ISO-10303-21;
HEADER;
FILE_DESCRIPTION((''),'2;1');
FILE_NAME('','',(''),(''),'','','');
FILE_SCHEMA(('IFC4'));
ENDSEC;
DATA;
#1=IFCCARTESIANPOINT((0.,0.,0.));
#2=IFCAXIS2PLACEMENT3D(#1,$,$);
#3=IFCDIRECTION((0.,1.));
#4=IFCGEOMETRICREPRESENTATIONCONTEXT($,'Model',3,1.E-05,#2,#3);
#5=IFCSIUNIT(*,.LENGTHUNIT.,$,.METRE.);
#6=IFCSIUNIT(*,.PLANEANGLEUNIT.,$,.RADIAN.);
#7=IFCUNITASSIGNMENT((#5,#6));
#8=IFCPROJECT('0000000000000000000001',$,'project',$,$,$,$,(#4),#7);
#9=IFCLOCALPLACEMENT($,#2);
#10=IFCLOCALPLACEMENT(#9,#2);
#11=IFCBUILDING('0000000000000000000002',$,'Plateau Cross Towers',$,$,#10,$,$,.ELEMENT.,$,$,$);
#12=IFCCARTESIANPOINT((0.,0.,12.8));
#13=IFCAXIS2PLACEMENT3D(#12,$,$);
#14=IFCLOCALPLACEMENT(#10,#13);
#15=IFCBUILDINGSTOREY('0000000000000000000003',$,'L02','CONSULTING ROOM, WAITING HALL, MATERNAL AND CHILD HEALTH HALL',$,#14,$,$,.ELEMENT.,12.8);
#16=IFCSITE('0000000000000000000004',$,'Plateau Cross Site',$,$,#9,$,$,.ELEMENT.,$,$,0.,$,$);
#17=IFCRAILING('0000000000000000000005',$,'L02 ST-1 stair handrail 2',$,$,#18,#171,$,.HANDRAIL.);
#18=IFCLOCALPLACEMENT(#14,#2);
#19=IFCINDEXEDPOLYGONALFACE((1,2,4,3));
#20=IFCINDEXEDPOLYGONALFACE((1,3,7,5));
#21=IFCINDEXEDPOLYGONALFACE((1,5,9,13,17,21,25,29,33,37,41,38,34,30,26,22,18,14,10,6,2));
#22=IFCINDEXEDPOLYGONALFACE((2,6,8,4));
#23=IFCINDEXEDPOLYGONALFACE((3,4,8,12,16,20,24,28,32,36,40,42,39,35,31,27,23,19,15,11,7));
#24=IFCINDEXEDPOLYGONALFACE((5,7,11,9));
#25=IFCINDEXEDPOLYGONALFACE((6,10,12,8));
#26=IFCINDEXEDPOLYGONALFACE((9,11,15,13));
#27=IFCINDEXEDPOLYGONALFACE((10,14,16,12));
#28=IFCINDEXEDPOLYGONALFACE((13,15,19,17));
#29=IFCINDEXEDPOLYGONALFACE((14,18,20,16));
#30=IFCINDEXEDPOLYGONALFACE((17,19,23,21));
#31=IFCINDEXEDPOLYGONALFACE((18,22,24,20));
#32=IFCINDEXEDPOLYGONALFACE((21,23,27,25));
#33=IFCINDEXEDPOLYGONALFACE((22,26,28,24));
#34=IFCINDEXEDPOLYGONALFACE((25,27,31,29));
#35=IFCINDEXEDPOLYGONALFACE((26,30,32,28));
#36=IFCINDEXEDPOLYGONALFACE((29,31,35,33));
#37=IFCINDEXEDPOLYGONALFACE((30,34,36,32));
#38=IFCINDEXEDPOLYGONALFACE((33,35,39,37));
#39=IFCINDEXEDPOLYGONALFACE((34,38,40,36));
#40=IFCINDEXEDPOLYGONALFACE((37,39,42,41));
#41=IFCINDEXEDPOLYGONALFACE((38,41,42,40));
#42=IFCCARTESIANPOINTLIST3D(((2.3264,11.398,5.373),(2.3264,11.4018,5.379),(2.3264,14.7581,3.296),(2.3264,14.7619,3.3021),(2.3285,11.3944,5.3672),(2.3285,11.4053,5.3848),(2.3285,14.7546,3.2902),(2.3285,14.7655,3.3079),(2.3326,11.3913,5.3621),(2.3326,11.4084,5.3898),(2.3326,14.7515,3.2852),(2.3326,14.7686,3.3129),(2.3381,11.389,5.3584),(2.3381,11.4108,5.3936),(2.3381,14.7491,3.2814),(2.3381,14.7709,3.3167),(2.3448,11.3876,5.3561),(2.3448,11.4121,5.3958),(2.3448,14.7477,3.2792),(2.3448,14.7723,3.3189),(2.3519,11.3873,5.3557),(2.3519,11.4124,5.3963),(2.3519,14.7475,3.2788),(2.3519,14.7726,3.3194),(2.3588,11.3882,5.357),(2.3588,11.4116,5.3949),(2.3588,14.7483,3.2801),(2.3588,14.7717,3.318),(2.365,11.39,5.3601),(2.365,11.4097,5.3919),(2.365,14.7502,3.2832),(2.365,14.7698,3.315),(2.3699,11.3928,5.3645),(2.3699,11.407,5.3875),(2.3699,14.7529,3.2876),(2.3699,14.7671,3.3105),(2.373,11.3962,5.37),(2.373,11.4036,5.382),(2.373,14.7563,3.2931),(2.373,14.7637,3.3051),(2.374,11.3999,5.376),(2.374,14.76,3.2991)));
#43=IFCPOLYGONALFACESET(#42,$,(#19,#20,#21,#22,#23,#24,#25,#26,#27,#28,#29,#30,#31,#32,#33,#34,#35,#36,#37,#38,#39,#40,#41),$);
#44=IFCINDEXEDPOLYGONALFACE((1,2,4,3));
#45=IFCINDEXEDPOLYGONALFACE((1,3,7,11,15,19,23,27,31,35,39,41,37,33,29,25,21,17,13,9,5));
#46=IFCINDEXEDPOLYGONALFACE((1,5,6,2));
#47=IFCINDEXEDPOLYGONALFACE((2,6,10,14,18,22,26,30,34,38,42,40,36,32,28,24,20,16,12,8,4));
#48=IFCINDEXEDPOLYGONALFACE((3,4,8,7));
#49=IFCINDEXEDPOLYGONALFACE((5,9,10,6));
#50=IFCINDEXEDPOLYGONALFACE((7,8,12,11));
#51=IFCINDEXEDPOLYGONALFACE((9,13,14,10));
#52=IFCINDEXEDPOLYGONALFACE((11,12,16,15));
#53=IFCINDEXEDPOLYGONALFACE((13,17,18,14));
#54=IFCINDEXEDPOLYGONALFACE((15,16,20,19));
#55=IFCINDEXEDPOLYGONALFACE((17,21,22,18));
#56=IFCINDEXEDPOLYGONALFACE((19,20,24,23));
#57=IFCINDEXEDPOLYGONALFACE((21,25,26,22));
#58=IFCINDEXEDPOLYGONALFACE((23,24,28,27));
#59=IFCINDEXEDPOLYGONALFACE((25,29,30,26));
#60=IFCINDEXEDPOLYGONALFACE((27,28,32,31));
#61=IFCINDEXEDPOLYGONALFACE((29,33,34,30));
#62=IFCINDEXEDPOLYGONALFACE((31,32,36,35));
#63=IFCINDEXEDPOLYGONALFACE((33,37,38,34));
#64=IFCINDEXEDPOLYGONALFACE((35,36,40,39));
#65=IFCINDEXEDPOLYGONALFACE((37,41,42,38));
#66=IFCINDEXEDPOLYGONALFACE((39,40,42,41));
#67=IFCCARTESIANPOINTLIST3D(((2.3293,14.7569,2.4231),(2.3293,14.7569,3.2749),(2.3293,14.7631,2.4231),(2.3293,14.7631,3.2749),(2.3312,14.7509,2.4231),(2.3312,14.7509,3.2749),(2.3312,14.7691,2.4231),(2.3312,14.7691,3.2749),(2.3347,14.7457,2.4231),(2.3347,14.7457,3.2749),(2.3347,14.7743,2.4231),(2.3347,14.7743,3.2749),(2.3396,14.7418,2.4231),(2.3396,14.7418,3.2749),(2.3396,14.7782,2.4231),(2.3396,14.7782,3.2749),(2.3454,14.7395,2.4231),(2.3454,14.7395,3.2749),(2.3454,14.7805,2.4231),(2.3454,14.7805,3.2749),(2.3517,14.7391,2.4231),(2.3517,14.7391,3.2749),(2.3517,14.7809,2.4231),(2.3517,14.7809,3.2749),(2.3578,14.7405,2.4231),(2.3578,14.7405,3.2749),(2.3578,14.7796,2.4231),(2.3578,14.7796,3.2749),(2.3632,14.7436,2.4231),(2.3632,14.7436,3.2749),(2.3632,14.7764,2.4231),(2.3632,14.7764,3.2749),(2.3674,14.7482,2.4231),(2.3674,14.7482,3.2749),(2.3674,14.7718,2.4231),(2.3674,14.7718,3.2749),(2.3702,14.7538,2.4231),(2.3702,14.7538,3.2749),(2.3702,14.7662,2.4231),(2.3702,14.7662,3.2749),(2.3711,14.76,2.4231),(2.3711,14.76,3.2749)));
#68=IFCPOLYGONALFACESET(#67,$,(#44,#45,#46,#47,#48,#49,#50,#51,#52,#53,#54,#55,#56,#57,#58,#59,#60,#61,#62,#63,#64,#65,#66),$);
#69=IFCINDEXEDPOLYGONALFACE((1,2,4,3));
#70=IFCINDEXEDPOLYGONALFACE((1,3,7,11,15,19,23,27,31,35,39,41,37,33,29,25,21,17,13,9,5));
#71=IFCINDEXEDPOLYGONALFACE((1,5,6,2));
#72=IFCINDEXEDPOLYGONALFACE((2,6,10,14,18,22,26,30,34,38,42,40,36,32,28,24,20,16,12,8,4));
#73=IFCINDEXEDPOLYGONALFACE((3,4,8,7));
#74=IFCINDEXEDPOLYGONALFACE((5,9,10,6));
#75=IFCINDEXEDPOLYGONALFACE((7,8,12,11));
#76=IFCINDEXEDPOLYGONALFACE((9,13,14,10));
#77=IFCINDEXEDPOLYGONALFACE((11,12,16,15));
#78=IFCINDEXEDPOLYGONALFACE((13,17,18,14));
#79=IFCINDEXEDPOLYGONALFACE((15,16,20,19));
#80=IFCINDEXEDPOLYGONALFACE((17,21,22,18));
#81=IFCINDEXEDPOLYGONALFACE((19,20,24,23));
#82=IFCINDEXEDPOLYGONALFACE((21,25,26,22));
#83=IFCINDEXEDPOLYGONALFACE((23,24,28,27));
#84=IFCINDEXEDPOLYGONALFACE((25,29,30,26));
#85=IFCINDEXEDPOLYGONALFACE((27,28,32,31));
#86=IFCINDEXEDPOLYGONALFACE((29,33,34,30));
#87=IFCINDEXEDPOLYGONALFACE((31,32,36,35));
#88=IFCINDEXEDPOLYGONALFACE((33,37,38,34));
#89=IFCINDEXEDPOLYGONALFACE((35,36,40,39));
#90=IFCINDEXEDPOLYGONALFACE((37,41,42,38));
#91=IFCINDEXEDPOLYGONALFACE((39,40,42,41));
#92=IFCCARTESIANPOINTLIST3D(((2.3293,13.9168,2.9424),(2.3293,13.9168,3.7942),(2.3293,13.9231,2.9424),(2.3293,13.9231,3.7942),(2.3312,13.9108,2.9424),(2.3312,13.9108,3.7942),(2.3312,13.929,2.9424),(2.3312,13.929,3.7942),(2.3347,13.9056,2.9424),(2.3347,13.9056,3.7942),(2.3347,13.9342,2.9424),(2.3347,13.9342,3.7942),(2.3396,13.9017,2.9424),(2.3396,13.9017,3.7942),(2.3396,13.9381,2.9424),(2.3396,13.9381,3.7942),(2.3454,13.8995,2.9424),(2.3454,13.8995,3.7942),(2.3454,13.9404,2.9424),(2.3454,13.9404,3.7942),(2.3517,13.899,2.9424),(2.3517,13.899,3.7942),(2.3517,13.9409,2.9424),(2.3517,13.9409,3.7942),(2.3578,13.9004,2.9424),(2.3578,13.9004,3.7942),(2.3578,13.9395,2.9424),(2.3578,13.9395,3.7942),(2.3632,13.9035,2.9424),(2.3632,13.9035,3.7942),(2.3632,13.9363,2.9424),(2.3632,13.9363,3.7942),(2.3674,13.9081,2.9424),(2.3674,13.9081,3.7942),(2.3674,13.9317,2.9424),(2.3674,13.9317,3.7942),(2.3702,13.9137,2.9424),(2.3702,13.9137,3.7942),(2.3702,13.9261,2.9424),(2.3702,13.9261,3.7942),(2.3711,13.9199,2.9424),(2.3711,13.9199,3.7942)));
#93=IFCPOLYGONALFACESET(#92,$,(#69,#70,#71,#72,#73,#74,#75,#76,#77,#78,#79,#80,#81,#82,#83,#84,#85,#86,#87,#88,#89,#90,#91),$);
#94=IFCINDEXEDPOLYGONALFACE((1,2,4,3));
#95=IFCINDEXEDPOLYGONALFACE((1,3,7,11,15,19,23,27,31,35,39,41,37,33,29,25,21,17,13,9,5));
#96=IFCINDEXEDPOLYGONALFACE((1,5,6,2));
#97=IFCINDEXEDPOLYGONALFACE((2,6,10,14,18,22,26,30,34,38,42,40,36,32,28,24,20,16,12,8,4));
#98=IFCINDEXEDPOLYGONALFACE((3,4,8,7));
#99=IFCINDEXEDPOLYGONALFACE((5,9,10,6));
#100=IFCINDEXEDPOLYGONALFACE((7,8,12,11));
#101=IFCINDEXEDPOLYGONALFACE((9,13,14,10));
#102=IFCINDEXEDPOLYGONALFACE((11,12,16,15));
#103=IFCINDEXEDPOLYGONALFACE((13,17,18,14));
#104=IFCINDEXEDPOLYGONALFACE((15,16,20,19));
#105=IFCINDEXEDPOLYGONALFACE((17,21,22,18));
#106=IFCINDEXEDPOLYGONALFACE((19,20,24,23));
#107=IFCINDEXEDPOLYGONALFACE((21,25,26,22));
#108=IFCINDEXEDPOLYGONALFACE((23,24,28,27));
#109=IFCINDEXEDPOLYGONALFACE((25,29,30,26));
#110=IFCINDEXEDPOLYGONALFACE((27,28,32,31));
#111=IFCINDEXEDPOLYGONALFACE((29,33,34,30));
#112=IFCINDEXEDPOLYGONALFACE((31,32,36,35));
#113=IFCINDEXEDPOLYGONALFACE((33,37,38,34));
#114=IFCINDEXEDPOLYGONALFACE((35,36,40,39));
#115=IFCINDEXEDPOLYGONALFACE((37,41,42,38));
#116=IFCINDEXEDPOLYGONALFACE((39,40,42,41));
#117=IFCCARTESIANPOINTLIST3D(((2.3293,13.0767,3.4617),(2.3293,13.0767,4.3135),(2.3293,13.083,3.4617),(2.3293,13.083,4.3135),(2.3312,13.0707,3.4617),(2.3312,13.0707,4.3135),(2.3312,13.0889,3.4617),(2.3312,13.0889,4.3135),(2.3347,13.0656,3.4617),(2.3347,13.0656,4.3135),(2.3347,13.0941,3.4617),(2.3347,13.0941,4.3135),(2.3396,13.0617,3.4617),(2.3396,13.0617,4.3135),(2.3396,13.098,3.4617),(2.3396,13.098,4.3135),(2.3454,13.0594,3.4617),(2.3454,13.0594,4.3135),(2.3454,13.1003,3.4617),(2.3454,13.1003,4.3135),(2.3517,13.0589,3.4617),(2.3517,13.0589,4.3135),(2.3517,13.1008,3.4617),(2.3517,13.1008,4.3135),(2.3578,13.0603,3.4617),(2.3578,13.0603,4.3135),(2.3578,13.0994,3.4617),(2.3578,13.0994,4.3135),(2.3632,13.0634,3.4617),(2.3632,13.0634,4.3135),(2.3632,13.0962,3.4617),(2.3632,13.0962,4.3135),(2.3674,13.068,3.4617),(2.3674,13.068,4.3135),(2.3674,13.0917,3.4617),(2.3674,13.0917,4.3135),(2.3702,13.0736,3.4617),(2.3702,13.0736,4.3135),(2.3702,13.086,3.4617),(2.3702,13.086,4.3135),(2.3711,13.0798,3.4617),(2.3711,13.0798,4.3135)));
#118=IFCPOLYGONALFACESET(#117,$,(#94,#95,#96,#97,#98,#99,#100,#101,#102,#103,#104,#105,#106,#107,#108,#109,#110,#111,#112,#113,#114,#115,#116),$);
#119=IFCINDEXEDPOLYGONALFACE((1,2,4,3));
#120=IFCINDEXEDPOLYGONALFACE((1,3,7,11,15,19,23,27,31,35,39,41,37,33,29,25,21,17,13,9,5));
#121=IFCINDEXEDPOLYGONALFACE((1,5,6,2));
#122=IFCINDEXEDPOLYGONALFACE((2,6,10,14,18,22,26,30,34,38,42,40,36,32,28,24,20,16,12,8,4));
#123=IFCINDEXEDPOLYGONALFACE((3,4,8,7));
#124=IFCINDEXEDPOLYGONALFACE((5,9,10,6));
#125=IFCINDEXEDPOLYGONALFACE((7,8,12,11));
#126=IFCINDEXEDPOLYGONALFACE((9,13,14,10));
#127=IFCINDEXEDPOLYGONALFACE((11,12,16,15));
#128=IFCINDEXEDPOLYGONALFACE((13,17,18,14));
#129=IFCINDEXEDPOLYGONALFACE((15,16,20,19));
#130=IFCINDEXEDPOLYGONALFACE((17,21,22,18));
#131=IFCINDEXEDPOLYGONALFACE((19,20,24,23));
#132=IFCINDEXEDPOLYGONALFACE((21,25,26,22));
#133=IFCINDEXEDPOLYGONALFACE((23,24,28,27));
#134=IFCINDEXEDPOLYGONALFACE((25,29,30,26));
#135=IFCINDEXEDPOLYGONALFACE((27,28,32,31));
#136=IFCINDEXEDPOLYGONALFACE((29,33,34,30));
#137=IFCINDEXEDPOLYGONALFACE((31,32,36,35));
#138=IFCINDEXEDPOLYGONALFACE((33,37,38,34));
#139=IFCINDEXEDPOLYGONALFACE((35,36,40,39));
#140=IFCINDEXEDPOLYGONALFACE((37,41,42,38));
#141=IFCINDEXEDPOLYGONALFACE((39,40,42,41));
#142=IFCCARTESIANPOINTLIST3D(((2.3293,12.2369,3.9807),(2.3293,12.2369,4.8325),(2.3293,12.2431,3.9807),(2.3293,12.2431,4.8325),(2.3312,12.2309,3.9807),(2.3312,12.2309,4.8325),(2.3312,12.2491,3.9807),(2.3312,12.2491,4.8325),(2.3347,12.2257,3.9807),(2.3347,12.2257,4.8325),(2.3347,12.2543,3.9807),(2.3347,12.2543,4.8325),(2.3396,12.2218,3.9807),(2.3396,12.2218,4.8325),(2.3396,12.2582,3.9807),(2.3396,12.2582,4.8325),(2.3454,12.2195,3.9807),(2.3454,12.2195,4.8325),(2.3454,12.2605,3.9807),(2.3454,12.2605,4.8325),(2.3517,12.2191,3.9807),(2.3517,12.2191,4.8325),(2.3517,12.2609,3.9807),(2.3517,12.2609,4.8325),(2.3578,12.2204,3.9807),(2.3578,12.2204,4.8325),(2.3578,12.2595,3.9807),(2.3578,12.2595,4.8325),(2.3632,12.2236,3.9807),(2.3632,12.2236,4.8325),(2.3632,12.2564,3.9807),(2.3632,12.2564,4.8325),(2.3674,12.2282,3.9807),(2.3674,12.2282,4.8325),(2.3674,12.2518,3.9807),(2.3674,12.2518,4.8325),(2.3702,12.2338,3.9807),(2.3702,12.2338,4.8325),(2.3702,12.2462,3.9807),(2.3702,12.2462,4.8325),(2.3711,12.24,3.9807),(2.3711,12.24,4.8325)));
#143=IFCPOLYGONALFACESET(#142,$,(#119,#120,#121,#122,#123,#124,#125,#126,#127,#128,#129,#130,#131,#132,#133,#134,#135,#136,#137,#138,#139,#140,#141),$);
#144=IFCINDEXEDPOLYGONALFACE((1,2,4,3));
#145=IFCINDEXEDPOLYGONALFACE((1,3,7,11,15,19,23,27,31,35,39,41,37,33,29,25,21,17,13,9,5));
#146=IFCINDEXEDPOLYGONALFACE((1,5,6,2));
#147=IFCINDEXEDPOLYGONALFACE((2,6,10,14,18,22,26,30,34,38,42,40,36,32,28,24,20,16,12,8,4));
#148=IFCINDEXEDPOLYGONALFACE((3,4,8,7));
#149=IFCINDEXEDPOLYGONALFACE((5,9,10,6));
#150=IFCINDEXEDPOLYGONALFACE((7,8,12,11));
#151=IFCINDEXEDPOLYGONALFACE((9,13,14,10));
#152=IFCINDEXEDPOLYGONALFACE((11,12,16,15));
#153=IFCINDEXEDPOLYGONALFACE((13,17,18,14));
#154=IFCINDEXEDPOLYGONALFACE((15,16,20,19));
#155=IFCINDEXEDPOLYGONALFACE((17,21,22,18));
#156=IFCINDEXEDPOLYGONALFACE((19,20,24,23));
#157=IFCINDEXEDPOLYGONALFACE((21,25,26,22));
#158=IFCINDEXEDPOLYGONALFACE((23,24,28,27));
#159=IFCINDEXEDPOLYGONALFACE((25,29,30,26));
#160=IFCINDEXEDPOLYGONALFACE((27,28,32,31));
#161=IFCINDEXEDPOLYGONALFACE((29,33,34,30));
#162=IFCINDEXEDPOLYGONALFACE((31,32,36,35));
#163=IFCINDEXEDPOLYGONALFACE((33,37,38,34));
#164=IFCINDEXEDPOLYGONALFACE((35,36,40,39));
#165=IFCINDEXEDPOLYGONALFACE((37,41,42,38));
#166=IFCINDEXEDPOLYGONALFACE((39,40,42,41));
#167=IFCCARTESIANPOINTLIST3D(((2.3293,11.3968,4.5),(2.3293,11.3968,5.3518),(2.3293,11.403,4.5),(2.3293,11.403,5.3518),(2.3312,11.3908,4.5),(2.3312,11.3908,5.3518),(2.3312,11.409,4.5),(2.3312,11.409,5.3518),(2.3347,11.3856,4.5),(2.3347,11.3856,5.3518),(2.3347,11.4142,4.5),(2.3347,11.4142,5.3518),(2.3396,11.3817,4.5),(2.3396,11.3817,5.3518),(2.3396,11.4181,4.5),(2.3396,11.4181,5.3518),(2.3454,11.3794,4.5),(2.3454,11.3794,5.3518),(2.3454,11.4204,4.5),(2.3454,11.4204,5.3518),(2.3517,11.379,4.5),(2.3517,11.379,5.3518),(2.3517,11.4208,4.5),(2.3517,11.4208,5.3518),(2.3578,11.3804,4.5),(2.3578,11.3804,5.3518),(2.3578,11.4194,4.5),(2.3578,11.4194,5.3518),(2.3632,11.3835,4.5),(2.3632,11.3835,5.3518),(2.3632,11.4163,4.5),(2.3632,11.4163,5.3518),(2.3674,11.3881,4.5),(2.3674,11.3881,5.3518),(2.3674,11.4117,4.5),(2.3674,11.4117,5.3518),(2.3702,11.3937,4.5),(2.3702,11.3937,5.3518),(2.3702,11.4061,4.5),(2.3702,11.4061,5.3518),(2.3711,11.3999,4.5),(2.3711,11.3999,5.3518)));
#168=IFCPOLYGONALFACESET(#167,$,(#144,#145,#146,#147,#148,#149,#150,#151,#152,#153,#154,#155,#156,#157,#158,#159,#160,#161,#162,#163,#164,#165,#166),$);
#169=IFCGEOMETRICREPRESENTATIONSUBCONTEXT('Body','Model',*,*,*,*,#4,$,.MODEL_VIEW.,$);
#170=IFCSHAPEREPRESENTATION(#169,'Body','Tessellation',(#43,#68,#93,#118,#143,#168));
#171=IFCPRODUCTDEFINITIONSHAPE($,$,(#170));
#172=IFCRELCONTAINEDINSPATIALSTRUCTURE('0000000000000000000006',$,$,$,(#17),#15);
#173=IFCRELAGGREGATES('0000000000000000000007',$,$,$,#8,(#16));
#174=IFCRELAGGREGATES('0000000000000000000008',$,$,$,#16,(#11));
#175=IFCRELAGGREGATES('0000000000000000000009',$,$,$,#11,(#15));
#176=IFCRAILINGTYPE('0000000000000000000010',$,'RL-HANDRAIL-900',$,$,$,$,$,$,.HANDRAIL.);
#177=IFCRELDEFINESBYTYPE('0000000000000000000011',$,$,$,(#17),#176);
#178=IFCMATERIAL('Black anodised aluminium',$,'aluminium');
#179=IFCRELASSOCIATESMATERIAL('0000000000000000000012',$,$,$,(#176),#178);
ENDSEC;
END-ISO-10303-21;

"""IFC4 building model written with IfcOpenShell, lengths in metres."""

from ifc_helpers import new_model, si_unit, direction, frame, origin, origin_2d, place, context, subcontext, project, spatial, circle, extrude, material, type_object, element, save


model = new_model("IFC4")

# Units and contexts
model_context = context("Model", 3, precision=1e-05, world=origin(), true_north=direction((0.0, 1.0)))
body_context = subcontext(model_context, "Body", "Model", "MODEL_VIEW")
ifc_project = project(units=[si_unit("LENGTHUNIT", "METRE"), si_unit("PLANEANGLEUNIT", "RADIAN")], contexts=[model_context])

# Site, building, storey
site_placement = place(None, origin())
site = spatial("IfcSite", under=ifc_project, at=site_placement, Name="Plateau Cross Site", CompositionType="ELEMENT", RefElevation=0.0)
building_placement = place(site_placement, origin())
building = spatial("IfcBuilding", under=site, at=building_placement, Name="Plateau Cross Towers", CompositionType="ELEMENT")
storey_placement = place(building_placement, frame((0.0, 0.0, 12.8)))
storey = spatial("IfcBuildingStorey", under=building, at=storey_placement, Name="L02", Description="CONSULTING ROOM, WAITING HALL, MATERNAL AND CHILD HEALTH HALL", CompositionType="ELEMENT", Elevation=12.8)

# Shared definitions
ifc_material_1 = material(Name="Black anodised aluminium", Category="aluminium")

# Railing
railing_type_1 = type_object("IfcRailingType", Name="RL-HANDRAIL-900", PredefinedType="HANDRAIL", material=ifc_material_1)
railing_1_placement = place(storey_placement, frame((2.3501, 14.76, 2.4231)))
element("IfcRailing", 1, at=railing_1_placement, inside=storey, type_object=railing_type_1, Name="L02 ST-1 stair handrail 2", PredefinedType="HANDRAIL", context=body_context, shape_type="SweptSolid", body=[
    extrude(circle(Radius=0.0239, at=origin_2d()), frame((0.0, 0.0, 0.876), z_axis=(0.0, -0.850623, 0.525776), x_axis=(1.0, 0.0, 0.0)), (0.0, 0.0, 1.0), 3.9502),
    extrude(circle(Radius=0.021, at=origin_2d()), origin(), (0.0, 0.0, 1.0), 0.8518),
    extrude(circle(Radius=0.021, at=origin_2d()), frame((0.0, -0.8401, 0.5193)), (0.0, 0.0, 1.0), 0.8518),
    extrude(circle(Radius=0.021, at=origin_2d()), frame((0.0, -1.6802, 1.0386)), (0.0, 0.0, 1.0), 0.8518),
    extrude(circle(Radius=0.021, at=origin_2d()), frame((0.0, -2.52, 1.5576)), (0.0, 0.0, 1.0), 0.8518),
    extrude(circle(Radius=0.021, at=origin_2d()), frame((0.0, -3.3601, 2.0769)), (0.0, 0.0, 1.0), 0.8518),
])

save(model, "model.ifc")
